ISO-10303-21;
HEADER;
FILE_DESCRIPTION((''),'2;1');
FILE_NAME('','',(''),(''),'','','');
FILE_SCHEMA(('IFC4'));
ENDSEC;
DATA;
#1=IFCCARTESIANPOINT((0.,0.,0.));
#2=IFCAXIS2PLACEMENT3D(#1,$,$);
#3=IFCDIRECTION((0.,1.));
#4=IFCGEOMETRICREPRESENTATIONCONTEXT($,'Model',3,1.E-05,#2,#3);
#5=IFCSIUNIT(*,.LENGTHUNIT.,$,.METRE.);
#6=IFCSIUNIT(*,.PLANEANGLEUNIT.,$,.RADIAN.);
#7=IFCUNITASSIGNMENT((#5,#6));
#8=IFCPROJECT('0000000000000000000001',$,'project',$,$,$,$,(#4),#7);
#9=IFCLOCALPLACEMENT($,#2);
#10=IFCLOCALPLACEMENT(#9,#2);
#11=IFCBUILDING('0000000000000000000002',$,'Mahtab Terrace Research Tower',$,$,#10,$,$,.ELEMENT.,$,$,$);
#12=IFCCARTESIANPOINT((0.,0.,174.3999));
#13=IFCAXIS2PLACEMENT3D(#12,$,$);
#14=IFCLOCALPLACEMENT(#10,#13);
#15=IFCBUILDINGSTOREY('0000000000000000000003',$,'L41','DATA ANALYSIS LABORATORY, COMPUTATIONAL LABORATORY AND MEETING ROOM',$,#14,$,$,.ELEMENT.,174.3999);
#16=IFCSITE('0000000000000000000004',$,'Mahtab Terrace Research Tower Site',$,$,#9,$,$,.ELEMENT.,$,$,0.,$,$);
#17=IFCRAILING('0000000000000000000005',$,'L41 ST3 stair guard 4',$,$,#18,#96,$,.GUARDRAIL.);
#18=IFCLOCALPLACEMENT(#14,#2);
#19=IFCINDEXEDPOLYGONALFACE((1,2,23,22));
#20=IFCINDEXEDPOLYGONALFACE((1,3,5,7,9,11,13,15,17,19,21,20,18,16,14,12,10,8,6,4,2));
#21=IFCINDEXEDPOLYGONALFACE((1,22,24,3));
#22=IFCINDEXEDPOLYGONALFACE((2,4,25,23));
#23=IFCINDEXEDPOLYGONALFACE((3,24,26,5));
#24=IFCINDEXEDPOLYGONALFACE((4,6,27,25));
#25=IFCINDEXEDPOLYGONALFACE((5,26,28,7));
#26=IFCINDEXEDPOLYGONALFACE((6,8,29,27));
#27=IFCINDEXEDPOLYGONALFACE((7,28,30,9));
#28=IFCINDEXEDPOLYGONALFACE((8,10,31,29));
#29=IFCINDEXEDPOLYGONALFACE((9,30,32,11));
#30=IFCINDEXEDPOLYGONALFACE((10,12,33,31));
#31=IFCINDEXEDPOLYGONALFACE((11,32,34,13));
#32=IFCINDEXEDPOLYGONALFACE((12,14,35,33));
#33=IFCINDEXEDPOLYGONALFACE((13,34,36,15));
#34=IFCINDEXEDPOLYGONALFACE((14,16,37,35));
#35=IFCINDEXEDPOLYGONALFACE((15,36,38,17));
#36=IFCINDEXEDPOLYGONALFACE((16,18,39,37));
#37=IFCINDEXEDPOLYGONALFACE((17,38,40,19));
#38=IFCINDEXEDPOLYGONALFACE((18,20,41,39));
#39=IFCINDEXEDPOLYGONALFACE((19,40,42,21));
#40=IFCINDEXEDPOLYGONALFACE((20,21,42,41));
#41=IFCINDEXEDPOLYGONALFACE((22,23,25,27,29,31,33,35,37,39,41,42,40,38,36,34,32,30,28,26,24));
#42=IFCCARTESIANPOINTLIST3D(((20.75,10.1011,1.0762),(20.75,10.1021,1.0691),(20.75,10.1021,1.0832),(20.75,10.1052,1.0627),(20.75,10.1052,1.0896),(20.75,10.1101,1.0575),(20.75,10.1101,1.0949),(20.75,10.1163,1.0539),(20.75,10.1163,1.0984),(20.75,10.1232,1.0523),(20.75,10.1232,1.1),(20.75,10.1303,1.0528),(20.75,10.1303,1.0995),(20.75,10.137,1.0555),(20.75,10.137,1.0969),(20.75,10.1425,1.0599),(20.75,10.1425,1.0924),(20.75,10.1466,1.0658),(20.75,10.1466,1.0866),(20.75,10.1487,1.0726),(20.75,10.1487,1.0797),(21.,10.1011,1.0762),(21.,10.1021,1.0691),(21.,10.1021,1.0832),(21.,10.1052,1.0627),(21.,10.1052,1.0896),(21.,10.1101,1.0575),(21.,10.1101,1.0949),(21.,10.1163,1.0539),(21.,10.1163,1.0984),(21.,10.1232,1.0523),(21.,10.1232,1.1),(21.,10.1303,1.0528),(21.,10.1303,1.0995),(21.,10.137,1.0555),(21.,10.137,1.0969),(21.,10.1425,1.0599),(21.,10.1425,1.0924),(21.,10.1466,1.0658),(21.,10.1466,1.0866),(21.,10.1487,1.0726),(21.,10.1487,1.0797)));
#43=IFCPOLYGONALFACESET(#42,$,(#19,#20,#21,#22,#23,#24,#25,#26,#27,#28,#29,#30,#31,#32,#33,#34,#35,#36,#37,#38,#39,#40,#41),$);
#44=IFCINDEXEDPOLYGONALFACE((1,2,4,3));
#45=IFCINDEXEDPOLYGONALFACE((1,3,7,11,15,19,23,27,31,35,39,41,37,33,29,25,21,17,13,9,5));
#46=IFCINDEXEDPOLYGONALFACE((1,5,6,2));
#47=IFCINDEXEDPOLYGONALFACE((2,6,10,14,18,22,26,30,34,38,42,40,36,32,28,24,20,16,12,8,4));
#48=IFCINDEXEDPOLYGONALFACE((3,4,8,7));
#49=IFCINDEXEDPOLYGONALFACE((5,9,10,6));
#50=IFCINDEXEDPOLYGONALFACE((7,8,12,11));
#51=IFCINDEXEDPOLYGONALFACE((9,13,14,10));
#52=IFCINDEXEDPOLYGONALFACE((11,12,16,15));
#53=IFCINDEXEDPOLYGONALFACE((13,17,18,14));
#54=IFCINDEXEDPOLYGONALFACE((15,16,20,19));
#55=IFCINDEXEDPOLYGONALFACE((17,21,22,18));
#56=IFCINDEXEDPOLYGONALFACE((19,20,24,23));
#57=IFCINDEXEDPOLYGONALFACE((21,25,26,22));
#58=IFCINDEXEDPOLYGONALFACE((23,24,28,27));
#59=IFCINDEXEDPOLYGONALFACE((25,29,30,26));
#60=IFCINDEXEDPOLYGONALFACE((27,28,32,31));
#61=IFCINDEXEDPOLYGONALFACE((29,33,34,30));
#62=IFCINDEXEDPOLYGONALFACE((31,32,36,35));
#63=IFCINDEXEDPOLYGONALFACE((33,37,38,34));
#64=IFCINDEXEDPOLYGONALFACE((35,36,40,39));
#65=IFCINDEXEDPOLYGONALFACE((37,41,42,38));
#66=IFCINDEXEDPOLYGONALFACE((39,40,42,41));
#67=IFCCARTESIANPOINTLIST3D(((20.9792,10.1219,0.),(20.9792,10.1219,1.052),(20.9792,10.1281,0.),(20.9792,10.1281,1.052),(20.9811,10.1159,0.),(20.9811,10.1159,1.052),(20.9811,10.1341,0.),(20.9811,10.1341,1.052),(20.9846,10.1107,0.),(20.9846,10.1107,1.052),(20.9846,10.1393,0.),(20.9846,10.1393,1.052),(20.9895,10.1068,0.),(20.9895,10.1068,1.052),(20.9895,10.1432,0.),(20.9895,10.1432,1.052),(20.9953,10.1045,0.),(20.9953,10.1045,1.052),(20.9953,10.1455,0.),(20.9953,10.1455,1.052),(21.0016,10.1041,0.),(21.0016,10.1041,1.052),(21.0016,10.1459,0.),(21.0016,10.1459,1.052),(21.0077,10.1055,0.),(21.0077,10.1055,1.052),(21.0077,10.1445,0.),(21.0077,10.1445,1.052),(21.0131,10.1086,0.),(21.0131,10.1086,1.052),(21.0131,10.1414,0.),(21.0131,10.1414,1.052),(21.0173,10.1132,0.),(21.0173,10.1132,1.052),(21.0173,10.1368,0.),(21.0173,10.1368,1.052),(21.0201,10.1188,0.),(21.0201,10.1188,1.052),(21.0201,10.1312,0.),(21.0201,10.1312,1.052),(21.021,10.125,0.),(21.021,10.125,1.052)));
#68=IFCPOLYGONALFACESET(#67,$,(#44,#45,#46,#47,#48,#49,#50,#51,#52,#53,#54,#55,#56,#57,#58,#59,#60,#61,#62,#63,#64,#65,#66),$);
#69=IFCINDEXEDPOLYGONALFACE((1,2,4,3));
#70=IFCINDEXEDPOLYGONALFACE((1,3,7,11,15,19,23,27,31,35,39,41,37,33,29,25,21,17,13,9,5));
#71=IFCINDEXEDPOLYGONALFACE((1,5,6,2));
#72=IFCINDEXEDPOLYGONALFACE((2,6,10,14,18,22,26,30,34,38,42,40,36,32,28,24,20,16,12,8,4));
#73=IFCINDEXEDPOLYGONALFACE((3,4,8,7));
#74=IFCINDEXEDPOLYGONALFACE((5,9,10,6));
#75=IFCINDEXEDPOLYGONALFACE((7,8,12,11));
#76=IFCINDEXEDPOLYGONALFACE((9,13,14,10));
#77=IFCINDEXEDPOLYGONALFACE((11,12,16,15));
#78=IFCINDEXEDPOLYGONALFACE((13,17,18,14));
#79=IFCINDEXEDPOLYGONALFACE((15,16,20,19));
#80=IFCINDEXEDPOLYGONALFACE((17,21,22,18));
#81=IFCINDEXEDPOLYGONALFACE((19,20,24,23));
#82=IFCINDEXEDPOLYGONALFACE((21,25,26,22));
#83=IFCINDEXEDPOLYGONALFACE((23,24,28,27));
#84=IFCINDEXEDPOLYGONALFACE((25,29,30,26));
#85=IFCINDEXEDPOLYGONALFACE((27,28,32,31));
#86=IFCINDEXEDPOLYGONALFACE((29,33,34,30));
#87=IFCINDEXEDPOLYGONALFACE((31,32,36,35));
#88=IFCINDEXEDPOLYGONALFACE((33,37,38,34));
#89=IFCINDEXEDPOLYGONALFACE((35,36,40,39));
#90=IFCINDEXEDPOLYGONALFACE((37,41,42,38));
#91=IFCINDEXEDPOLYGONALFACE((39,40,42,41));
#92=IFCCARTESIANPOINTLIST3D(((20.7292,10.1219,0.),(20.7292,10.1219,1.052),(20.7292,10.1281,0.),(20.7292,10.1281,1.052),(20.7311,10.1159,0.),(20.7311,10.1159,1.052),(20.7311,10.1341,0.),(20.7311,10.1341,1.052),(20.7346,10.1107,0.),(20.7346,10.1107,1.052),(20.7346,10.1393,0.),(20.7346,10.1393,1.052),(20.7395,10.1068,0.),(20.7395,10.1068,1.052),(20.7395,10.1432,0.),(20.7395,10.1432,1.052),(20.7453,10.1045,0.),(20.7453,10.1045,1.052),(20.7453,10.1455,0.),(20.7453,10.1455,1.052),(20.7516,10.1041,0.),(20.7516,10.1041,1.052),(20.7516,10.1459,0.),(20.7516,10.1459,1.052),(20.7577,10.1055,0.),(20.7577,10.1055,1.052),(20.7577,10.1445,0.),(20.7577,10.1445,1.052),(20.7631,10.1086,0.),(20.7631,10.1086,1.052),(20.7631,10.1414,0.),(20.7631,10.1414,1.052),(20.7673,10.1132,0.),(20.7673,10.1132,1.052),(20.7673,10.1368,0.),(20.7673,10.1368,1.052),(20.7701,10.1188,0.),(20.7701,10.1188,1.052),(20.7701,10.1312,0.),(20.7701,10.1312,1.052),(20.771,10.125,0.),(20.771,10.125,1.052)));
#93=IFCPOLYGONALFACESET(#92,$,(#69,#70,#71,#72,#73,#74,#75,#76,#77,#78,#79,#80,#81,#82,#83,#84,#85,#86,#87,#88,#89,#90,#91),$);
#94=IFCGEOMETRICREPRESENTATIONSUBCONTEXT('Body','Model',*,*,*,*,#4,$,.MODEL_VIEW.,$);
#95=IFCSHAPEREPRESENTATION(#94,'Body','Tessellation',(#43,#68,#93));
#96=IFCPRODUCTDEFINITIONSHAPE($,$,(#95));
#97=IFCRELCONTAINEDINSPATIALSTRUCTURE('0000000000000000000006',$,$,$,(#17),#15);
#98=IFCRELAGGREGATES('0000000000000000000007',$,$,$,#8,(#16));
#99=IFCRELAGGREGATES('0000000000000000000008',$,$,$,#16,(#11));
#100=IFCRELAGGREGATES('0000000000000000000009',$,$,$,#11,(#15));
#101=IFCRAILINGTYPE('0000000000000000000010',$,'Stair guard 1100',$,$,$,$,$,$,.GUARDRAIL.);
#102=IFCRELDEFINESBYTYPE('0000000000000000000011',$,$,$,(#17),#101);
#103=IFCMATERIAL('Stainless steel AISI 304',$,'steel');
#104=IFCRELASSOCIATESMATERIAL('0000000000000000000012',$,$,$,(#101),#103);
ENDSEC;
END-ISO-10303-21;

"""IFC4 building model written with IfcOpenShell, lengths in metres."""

from ifc_helpers import new_model, si_unit, direction, frame, origin, origin_2d, place, context, subcontext, project, spatial, circle, extrude, material, type_object, element, save


model = new_model("IFC4")

# Units and contexts
model_context = context("Model", 3, precision=1e-05, world=origin(), true_north=direction((0.0, 1.0)))
body_context = subcontext(model_context, "Body", "Model", "MODEL_VIEW")
ifc_project = project(units=[si_unit("LENGTHUNIT", "METRE"), si_unit("PLANEANGLEUNIT", "RADIAN")], contexts=[model_context])

# Site, building, storey
site_placement = place(None, origin())
site = spatial("IfcSite", under=ifc_project, at=site_placement, Name="Mahtab Terrace Research Tower Site", CompositionType="ELEMENT", RefElevation=0.0)
building_placement = place(site_placement, origin())
building = spatial("IfcBuilding", under=site, at=building_placement, Name="Mahtab Terrace Research Tower", CompositionType="ELEMENT")
storey_placement = place(building_placement, frame((0.0, 0.0, 174.3999)))
storey = spatial("IfcBuildingStorey", under=building, at=storey_placement, Name="L41", Description="DATA ANALYSIS LABORATORY, COMPUTATIONAL LABORATORY AND MEETING ROOM", CompositionType="ELEMENT", Elevation=174.3999)

# Railing
ifc_material_1 = material(Name="Stainless steel AISI 304", Category="steel")
railing_type_1 = type_object("IfcRailingType", Name="Stair guard 1100", PredefinedType="GUARDRAIL", material=ifc_material_1)
railing_1_placement = place(storey_placement, frame((21.0, 10.125, 0.0)))
element("IfcRailing", 1, at=railing_1_placement, inside=storey, type_object=railing_type_1, Name="L41 ST3 stair guard 4", PredefinedType="GUARDRAIL", context=body_context, shape_type="SweptSolid", body=[
    extrude(circle(Radius=0.0239, at=origin_2d()), frame((0.0, 0.0, 1.0762), z_axis=(-1.0, 0.0, 0.0), x_axis=(0.0, -1.0, 0.0)), (0.0, 0.0, 1.0), 0.25),
    extrude(circle(Radius=0.021, at=origin_2d()), origin(), (0.0, 0.0, 1.0), 1.052),
    extrude(circle(Radius=0.021, at=origin_2d()), frame((-0.25, 0.0, 0.0)), (0.0, 0.0, 1.0), 1.052),
])

save(model, "model.ifc")
